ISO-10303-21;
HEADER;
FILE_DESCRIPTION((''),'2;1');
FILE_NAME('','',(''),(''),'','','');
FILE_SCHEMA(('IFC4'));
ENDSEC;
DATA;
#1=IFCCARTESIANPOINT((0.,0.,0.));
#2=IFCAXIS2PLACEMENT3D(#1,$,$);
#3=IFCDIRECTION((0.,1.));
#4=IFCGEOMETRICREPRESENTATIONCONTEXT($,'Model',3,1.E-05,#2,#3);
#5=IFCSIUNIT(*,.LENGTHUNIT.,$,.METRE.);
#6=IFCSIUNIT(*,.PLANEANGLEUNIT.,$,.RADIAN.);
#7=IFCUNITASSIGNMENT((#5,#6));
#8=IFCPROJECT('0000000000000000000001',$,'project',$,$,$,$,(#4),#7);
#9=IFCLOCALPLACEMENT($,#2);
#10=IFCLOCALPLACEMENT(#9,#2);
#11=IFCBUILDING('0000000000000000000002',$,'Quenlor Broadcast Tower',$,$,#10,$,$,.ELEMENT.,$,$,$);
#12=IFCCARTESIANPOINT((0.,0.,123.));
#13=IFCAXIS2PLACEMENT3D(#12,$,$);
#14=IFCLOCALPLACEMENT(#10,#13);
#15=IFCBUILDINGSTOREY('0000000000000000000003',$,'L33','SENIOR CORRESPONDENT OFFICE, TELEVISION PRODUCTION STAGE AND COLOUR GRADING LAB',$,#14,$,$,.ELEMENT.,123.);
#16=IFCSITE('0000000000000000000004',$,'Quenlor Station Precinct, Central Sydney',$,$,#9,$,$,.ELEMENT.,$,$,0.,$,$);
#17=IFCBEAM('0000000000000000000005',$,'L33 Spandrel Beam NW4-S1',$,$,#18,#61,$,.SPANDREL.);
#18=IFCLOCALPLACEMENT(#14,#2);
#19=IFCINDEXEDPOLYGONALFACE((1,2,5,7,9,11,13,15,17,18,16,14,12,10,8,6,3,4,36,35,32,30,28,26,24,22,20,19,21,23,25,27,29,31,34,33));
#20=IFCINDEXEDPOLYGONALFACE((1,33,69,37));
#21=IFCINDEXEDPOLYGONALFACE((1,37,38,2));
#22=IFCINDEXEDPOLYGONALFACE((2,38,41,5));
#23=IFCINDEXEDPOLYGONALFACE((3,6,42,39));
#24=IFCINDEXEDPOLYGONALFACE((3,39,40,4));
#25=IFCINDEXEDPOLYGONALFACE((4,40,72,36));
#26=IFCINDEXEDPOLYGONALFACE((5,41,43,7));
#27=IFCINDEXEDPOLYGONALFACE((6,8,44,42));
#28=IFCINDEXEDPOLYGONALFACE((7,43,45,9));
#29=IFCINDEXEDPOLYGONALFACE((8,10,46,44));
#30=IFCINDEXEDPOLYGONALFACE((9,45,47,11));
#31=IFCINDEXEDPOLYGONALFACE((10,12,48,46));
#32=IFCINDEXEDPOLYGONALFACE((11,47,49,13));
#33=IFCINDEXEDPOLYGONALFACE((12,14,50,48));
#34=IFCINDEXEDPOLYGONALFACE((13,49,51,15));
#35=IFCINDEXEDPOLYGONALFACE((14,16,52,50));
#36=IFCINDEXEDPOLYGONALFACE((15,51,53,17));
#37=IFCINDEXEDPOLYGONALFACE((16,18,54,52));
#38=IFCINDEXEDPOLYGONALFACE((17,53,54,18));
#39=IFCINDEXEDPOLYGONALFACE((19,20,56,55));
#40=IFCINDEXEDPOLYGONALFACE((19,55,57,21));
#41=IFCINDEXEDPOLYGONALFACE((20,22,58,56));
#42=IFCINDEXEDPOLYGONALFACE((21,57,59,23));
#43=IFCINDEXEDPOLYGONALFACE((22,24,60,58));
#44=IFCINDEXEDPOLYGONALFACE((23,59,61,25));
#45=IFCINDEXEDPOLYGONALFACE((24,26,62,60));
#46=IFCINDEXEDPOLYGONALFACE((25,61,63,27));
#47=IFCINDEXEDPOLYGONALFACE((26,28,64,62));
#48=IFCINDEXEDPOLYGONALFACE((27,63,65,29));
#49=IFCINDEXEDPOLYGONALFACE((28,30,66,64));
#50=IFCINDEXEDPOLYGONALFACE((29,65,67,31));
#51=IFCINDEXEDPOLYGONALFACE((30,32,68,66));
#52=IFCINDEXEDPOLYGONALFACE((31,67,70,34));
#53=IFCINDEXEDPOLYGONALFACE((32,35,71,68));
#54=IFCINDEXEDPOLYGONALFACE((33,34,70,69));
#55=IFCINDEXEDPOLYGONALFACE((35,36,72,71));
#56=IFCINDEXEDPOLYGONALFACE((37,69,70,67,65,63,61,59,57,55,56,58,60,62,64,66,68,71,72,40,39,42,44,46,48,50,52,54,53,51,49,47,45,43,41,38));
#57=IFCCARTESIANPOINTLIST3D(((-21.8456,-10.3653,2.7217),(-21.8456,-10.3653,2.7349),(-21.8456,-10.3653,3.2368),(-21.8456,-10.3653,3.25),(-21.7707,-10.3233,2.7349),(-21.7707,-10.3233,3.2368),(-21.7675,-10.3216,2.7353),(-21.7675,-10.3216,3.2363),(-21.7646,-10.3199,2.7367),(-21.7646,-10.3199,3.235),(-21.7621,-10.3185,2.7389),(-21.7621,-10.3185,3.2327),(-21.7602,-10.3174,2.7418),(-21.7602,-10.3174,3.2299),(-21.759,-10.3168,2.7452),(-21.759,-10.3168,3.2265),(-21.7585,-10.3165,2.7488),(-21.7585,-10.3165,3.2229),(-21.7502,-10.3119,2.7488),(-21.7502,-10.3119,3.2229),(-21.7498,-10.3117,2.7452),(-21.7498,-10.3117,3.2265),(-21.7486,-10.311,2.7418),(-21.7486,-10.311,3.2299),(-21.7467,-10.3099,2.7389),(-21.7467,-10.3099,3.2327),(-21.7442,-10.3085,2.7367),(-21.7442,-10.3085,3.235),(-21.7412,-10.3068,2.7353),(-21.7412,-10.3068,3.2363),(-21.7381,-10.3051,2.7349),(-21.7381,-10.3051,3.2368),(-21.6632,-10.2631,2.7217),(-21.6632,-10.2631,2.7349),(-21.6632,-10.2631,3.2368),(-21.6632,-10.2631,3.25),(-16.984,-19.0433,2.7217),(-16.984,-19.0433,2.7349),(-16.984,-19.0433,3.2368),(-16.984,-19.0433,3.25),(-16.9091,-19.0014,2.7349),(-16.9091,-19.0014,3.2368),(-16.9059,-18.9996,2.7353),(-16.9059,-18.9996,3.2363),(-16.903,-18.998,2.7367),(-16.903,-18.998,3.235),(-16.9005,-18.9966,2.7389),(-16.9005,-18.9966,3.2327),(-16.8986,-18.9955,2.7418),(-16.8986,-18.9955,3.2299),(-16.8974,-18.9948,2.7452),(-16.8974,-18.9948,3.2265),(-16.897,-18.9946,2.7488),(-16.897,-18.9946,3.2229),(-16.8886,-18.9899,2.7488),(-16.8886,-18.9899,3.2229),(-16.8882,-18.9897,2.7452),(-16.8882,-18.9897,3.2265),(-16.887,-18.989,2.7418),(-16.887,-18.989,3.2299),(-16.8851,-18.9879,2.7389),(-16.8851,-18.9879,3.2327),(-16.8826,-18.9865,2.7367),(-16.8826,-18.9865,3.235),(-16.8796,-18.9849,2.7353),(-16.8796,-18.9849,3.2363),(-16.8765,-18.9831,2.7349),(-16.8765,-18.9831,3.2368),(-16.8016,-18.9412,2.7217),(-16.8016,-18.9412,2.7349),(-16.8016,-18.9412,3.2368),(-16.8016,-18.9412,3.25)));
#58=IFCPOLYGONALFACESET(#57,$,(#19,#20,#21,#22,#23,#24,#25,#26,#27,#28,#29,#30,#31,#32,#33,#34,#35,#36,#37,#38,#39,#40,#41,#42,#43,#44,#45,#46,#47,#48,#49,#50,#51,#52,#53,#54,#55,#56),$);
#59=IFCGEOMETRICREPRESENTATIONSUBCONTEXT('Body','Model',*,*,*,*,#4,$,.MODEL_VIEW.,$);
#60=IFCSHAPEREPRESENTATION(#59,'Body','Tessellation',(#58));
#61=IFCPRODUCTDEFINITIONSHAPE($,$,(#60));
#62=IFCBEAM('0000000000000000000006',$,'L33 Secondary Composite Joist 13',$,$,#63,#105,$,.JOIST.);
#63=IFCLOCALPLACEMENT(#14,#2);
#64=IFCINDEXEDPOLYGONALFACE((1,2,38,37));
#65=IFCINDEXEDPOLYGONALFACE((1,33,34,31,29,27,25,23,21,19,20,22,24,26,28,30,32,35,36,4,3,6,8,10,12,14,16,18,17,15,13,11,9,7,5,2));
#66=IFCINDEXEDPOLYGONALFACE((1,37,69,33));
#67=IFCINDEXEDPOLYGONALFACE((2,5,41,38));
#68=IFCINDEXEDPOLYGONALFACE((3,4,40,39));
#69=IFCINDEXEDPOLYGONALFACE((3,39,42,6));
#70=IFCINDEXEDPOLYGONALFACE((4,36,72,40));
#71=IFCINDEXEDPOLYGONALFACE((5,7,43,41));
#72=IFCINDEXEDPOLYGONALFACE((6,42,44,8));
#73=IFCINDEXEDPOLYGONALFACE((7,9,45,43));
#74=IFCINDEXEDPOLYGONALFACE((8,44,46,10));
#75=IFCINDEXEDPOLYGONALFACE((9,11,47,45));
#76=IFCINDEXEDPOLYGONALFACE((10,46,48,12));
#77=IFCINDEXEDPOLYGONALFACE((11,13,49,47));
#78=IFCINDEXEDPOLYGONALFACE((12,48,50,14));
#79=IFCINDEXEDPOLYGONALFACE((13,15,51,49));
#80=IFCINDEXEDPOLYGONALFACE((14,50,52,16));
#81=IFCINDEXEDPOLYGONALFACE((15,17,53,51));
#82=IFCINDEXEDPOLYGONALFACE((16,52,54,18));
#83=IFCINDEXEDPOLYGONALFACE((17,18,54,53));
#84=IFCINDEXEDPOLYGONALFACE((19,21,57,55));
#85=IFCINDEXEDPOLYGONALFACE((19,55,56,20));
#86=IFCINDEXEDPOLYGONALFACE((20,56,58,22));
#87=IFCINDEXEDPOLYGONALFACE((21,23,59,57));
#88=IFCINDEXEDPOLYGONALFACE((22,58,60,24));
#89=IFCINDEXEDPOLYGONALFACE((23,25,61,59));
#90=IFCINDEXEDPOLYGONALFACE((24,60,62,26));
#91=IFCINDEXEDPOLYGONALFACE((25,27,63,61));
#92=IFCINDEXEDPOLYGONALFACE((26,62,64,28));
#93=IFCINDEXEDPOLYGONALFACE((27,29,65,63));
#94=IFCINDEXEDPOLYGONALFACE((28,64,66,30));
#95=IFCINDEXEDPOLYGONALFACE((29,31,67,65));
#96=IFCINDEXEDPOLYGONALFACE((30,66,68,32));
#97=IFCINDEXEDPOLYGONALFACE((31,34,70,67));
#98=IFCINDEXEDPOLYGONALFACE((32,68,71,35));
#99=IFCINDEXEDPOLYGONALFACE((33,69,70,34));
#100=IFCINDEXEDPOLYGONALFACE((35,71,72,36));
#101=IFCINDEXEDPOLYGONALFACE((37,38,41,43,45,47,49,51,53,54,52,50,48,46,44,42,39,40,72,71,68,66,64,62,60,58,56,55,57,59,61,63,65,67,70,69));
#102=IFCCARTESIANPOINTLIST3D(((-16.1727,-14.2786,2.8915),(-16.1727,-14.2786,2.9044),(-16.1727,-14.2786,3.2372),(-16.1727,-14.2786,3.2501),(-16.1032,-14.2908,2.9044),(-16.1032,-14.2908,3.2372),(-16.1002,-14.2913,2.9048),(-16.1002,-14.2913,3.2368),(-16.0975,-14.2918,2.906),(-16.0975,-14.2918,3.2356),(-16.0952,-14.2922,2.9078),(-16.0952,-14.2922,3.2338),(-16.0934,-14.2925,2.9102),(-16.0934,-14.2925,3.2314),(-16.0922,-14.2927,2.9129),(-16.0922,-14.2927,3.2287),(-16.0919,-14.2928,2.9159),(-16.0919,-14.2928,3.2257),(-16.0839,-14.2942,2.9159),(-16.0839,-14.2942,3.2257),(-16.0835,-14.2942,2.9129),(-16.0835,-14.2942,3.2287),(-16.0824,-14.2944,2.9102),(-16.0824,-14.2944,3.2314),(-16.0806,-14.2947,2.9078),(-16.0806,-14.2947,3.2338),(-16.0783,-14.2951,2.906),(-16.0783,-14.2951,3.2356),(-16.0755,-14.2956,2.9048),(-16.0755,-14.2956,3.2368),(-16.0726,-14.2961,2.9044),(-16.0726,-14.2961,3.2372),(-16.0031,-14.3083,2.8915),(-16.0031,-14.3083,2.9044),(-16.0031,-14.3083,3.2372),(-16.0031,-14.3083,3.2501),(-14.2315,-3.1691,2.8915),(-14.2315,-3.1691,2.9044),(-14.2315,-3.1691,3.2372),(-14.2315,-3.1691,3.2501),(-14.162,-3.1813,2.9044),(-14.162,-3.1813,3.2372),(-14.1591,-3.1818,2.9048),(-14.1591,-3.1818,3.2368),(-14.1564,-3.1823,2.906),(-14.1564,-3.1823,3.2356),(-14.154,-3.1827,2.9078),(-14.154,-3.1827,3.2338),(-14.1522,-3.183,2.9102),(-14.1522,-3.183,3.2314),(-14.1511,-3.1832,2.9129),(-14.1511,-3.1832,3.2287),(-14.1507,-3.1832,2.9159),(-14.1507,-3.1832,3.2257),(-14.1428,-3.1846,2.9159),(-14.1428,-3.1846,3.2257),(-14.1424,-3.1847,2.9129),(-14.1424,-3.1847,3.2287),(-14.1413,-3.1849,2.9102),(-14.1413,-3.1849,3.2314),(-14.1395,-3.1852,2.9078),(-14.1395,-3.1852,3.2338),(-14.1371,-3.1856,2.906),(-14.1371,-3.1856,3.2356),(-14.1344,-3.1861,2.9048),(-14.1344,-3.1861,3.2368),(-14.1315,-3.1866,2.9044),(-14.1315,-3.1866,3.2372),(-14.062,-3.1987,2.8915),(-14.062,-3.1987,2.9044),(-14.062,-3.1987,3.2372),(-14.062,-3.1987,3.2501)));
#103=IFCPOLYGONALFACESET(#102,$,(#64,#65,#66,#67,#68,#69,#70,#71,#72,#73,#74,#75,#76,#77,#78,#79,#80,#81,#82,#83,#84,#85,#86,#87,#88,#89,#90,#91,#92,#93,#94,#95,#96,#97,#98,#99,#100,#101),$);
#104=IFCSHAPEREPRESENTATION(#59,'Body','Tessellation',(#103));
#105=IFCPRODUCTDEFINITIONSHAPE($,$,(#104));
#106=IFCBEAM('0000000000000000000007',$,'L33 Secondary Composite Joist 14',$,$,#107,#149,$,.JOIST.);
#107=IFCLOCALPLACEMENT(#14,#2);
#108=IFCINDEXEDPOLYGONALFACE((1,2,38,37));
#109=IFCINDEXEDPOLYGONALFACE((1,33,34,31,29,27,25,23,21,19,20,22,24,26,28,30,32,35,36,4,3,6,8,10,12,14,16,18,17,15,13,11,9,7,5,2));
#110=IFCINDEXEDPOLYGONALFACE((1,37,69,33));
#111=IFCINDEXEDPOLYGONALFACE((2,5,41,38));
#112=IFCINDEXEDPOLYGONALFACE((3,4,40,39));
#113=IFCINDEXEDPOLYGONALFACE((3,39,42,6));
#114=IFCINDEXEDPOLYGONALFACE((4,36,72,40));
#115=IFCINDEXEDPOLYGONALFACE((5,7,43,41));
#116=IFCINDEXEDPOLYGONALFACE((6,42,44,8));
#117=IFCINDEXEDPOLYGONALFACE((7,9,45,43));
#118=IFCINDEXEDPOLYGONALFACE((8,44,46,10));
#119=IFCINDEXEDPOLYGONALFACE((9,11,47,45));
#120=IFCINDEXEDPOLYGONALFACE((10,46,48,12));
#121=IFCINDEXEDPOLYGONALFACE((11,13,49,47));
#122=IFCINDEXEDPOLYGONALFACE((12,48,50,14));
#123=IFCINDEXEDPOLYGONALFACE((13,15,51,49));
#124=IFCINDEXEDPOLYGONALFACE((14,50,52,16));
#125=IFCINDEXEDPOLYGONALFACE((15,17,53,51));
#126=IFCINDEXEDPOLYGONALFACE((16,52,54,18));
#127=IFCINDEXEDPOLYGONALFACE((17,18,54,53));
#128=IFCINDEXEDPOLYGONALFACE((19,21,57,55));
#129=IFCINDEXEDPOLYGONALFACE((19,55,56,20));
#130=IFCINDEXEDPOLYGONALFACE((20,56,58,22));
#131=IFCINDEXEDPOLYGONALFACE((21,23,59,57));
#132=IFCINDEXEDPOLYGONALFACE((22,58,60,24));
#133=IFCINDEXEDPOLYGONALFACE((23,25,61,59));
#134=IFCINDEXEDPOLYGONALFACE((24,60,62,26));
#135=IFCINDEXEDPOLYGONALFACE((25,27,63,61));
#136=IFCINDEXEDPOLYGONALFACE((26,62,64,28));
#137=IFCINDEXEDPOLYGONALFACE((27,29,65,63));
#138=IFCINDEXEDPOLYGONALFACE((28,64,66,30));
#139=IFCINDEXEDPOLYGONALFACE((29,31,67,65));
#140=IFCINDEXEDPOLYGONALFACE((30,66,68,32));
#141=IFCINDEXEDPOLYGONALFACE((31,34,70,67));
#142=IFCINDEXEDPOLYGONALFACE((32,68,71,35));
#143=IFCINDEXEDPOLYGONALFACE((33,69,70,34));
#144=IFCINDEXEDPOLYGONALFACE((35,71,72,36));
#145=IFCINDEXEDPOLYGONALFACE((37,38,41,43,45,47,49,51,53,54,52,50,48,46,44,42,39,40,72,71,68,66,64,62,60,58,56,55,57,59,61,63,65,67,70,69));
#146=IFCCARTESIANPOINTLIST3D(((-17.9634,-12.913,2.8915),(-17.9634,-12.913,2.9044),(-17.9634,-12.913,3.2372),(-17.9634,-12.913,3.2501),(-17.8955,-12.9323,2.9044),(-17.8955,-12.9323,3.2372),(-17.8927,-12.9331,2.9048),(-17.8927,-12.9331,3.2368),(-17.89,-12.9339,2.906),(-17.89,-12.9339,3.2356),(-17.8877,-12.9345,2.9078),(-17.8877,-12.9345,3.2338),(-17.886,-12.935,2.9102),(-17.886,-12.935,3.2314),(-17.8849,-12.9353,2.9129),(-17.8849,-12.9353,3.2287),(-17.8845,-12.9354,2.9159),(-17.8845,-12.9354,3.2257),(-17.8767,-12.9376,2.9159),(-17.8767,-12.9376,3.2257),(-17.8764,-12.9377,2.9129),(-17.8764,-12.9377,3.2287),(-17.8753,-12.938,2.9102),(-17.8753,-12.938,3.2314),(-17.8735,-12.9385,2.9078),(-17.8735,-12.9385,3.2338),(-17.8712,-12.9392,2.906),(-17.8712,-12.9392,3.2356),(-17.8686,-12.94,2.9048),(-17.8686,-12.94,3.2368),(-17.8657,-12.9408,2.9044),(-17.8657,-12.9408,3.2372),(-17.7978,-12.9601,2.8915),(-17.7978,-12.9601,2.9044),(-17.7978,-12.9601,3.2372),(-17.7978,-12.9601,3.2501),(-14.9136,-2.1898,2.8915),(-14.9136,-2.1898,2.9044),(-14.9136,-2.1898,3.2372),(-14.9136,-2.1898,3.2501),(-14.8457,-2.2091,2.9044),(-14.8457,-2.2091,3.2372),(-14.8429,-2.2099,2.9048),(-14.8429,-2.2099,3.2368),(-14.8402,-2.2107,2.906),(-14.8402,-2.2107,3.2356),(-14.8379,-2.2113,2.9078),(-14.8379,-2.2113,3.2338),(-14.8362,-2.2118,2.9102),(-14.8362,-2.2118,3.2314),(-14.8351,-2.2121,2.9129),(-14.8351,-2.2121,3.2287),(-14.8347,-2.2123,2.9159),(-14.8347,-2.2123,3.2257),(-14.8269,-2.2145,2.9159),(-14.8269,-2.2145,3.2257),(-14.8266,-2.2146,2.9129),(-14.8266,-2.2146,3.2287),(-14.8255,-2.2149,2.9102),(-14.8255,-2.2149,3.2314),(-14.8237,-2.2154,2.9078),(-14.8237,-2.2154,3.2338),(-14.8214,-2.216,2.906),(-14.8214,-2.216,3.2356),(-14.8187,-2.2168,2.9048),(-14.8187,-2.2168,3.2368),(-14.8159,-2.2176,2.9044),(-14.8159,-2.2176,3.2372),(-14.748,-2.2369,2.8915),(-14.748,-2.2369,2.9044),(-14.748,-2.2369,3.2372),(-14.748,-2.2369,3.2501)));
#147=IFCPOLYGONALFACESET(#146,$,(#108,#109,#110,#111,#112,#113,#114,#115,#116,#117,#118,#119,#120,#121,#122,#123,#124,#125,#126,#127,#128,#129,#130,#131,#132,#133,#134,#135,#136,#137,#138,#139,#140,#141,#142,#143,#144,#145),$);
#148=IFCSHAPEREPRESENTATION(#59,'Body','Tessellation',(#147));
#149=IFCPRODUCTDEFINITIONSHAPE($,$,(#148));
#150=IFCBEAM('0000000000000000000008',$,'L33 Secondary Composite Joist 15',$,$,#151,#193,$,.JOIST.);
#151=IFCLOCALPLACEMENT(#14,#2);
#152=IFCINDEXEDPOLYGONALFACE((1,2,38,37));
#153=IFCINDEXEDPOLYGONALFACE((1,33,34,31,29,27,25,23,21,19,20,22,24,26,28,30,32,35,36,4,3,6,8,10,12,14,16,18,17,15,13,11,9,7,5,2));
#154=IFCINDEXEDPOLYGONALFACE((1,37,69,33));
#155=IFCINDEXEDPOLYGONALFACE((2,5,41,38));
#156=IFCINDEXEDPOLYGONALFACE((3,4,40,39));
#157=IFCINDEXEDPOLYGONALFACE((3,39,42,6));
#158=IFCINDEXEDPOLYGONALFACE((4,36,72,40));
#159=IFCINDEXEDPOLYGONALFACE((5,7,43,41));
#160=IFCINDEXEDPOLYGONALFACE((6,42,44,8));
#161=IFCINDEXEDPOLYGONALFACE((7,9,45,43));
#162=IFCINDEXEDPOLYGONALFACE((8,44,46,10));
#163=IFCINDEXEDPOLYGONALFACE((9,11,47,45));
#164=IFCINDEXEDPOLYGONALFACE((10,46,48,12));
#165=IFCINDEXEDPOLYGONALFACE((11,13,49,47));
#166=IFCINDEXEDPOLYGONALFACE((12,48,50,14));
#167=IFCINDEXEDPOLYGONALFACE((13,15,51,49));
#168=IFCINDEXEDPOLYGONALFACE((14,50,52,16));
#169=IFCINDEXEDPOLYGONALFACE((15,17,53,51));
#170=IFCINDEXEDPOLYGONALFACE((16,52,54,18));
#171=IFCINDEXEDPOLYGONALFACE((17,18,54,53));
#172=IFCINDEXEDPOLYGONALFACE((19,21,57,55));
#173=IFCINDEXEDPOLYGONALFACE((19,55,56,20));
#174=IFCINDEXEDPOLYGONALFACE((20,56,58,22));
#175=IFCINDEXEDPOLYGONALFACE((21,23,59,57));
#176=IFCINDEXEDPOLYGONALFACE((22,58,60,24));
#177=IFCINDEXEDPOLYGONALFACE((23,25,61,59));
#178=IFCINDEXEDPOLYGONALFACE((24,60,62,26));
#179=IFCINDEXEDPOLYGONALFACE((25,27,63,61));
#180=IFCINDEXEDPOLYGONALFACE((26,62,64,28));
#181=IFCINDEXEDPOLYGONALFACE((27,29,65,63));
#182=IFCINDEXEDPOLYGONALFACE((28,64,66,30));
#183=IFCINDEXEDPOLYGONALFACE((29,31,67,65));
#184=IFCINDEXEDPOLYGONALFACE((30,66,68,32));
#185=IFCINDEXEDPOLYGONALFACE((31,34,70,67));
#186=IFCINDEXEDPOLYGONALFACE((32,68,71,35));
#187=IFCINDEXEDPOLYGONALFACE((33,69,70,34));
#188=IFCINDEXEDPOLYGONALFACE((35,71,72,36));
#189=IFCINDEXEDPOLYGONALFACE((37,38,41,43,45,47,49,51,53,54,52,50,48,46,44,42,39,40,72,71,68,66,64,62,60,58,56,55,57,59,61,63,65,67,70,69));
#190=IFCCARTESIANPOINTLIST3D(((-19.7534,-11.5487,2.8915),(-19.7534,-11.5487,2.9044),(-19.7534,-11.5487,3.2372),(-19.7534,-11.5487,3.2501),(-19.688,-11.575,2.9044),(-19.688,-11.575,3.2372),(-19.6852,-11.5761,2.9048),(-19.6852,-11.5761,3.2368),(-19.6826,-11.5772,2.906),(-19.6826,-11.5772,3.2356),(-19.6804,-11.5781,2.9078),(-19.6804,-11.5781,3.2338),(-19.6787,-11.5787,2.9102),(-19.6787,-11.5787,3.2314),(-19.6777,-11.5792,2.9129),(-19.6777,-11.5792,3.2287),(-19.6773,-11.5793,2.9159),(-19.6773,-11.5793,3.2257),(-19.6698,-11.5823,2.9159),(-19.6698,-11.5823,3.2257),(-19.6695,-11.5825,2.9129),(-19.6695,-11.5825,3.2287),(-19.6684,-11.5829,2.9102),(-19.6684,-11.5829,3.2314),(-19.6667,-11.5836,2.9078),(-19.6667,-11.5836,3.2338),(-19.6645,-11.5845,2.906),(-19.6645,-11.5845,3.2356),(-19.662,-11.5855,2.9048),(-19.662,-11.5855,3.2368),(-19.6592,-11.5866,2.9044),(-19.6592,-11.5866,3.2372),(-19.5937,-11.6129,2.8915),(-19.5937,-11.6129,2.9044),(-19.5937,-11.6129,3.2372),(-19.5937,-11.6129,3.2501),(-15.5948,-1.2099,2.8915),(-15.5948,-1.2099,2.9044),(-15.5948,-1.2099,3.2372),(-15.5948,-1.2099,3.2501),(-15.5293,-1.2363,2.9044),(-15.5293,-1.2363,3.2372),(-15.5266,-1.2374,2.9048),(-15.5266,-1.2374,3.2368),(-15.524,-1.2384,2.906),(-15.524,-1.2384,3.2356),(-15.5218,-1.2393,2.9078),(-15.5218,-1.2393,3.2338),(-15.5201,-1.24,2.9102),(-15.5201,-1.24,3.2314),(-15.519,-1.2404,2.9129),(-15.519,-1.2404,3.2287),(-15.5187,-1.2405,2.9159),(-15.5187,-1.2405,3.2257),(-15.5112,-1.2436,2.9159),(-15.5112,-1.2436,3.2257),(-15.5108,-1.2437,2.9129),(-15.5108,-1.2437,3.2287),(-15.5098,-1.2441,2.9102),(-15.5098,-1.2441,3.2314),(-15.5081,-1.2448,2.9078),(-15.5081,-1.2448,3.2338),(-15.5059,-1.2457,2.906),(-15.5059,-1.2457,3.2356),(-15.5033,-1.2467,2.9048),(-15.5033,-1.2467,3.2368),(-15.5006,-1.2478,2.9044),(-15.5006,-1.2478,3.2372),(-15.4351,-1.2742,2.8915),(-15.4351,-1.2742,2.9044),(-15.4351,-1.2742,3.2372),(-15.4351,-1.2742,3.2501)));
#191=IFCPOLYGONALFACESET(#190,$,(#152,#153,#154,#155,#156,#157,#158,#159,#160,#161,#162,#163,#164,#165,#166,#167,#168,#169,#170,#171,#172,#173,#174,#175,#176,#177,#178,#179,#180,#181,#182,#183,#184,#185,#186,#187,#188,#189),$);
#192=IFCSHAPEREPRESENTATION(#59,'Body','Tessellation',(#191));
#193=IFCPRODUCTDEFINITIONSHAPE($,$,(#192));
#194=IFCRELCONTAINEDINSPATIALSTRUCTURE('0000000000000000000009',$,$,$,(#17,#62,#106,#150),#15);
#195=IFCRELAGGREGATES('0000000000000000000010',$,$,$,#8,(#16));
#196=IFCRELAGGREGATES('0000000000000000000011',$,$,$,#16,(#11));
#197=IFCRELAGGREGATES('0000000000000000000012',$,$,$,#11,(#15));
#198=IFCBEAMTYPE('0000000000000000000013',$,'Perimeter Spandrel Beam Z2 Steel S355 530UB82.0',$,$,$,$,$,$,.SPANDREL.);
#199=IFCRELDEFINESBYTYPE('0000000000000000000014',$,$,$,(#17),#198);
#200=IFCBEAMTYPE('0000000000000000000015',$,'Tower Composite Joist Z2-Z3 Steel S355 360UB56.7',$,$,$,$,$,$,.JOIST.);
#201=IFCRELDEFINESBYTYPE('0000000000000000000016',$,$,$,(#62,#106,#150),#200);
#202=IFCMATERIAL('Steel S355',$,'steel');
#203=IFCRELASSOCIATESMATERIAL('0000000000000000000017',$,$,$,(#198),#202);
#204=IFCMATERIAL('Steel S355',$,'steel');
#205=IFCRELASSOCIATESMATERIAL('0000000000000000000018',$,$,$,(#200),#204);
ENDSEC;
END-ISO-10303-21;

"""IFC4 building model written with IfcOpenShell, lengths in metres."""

from ifc_helpers import new_model, si_unit, direction, frame, origin, origin_2d, place, context, subcontext, project, spatial, i_section, extrude, material, material_profile, profile_set, type_object, element, save


model = new_model("IFC4")

# Units and contexts
model_context = context("Model", 3, precision=1e-05, world=origin(), true_north=direction((0.0, 1.0)))
body_context = subcontext(model_context, "Body", "Model", "MODEL_VIEW")
ifc_project = project(units=[si_unit("LENGTHUNIT", "METRE"), si_unit("PLANEANGLEUNIT", "RADIAN")], contexts=[model_context])

# Site, building, storey
site_placement = place(None, origin())
site = spatial("IfcSite", under=ifc_project, at=site_placement, Name="Quenlor Station Precinct, Central Sydney", CompositionType="ELEMENT", RefElevation=0.0)
building_placement = place(site_placement, origin())
building = spatial("IfcBuilding", under=site, at=building_placement, Name="Quenlor Broadcast Tower", CompositionType="ELEMENT")
storey_placement = place(building_placement, frame((0.0, 0.0, 123.0)))
storey = spatial("IfcBuildingStorey", under=building, at=storey_placement, Name="L33", Description="SENIOR CORRESPONDENT OFFICE, TELEVISION PRODUCTION STAGE AND COLOUR GRADING LAB", CompositionType="ELEMENT", Elevation=123.0)

# Beams
ifc_material_1 = material(Name="Steel S355", Category="steel")
ifc_material_profile_1 = material_profile(ifc_material_1, i_section(OverallWidth=0.209, OverallDepth=0.5283, WebThickness=0.0095, FlangeThickness=0.0132, FilletRadius=0.0139, at=origin_2d()))
ifc_profile_set_1 = profile_set([ifc_material_profile_1], Name="Steel S355 530UB82.0")
beam_type_1 = type_object("IfcBeamType", Name="Perimeter Spandrel Beam Z2 Steel S355 530UB82.0", PredefinedType="SPANDREL", material=ifc_profile_set_1)
beam_1_placement = place(storey_placement, frame((-21.7544, -10.3142, 2.9858), z_axis=(0.488749, -0.872424, 0.0), x_axis=(0.872424, 0.488749, 0.0)))
element("IfcBeam", 1, at=beam_1_placement, inside=storey, type_object=beam_type_1, Name="L33 Spandrel Beam NW4-S1", PredefinedType="SPANDREL", context=body_context, shape_type="SweptSolid", body=[
    extrude(i_section(OverallWidth=0.209, OverallDepth=0.5283, WebThickness=0.0095, FlangeThickness=0.0132, FilletRadius=0.0139, at=origin_2d()), origin(), (0.0, 0.0, 1.0), 9.947),
])
ifc_material_2 = material(Name="Steel S355", Category="steel")
ifc_material_profile_2 = material_profile(ifc_material_2, i_section(OverallWidth=0.1721, OverallDepth=0.3586, WebThickness=0.0081, FlangeThickness=0.0129, FilletRadius=0.0115, at=origin_2d()))
ifc_profile_set_2 = profile_set([ifc_material_profile_2], Name="Steel S355 360UB56.7")
beam_type_2 = type_object("IfcBeamType", Name="Tower Composite Joist Z2-Z3 Steel S355 360UB56.7", PredefinedType="JOIST", material=ifc_profile_set_2)
beam_2_placement = place(storey_placement, frame((-16.0879, -14.2935, 3.0708), z_axis=(0.17212, 0.985076, 0.0), x_axis=(-0.985076, 0.17212, 0.0)))
element("IfcBeam", 2, at=beam_2_placement, inside=storey, type_object=beam_type_2, Name="L33 Secondary Composite Joist 13", PredefinedType="JOIST", context=body_context, shape_type="SweptSolid", body=[
    extrude(i_section(OverallWidth=0.1721, OverallDepth=0.3586, WebThickness=0.0081, FlangeThickness=0.0129, FilletRadius=0.0115, at=origin_2d()), origin(), (0.0, 0.0, 1.0), 11.2778),
])
beam_3_placement = place(storey_placement, frame((-17.8806, -12.9365, 3.0708), z_axis=(0.273564, 0.961854, 0.0), x_axis=(-0.961854, 0.273564, 0.0)))
element("IfcBeam", 3, at=beam_3_placement, inside=storey, type_object=beam_type_2, Name="L33 Secondary Composite Joist 14", PredefinedType="JOIST", context=body_context, shape_type="SweptSolid", body=[
    extrude(i_section(OverallWidth=0.1721, OverallDepth=0.3586, WebThickness=0.0081, FlangeThickness=0.0129, FilletRadius=0.0115, at=origin_2d()), origin(), (0.0, 0.0, 1.0), 11.1484),
])
beam_4_placement = place(storey_placement, frame((-19.6736, -11.5808, 3.0708), z_axis=(0.37318, 0.927759, 0.0), x_axis=(-0.927759, 0.37318, 0.0)))
element("IfcBeam", 4, at=beam_4_placement, inside=storey, type_object=beam_type_2, Name="L33 Secondary Composite Joist 15", PredefinedType="JOIST", context=body_context, shape_type="SweptSolid", body=[
    extrude(i_section(OverallWidth=0.1721, OverallDepth=0.3586, WebThickness=0.0081, FlangeThickness=0.0129, FilletRadius=0.0115, at=origin_2d()), origin(), (0.0, 0.0, 1.0), 11.1438),
])

save(model, "model.ifc")
